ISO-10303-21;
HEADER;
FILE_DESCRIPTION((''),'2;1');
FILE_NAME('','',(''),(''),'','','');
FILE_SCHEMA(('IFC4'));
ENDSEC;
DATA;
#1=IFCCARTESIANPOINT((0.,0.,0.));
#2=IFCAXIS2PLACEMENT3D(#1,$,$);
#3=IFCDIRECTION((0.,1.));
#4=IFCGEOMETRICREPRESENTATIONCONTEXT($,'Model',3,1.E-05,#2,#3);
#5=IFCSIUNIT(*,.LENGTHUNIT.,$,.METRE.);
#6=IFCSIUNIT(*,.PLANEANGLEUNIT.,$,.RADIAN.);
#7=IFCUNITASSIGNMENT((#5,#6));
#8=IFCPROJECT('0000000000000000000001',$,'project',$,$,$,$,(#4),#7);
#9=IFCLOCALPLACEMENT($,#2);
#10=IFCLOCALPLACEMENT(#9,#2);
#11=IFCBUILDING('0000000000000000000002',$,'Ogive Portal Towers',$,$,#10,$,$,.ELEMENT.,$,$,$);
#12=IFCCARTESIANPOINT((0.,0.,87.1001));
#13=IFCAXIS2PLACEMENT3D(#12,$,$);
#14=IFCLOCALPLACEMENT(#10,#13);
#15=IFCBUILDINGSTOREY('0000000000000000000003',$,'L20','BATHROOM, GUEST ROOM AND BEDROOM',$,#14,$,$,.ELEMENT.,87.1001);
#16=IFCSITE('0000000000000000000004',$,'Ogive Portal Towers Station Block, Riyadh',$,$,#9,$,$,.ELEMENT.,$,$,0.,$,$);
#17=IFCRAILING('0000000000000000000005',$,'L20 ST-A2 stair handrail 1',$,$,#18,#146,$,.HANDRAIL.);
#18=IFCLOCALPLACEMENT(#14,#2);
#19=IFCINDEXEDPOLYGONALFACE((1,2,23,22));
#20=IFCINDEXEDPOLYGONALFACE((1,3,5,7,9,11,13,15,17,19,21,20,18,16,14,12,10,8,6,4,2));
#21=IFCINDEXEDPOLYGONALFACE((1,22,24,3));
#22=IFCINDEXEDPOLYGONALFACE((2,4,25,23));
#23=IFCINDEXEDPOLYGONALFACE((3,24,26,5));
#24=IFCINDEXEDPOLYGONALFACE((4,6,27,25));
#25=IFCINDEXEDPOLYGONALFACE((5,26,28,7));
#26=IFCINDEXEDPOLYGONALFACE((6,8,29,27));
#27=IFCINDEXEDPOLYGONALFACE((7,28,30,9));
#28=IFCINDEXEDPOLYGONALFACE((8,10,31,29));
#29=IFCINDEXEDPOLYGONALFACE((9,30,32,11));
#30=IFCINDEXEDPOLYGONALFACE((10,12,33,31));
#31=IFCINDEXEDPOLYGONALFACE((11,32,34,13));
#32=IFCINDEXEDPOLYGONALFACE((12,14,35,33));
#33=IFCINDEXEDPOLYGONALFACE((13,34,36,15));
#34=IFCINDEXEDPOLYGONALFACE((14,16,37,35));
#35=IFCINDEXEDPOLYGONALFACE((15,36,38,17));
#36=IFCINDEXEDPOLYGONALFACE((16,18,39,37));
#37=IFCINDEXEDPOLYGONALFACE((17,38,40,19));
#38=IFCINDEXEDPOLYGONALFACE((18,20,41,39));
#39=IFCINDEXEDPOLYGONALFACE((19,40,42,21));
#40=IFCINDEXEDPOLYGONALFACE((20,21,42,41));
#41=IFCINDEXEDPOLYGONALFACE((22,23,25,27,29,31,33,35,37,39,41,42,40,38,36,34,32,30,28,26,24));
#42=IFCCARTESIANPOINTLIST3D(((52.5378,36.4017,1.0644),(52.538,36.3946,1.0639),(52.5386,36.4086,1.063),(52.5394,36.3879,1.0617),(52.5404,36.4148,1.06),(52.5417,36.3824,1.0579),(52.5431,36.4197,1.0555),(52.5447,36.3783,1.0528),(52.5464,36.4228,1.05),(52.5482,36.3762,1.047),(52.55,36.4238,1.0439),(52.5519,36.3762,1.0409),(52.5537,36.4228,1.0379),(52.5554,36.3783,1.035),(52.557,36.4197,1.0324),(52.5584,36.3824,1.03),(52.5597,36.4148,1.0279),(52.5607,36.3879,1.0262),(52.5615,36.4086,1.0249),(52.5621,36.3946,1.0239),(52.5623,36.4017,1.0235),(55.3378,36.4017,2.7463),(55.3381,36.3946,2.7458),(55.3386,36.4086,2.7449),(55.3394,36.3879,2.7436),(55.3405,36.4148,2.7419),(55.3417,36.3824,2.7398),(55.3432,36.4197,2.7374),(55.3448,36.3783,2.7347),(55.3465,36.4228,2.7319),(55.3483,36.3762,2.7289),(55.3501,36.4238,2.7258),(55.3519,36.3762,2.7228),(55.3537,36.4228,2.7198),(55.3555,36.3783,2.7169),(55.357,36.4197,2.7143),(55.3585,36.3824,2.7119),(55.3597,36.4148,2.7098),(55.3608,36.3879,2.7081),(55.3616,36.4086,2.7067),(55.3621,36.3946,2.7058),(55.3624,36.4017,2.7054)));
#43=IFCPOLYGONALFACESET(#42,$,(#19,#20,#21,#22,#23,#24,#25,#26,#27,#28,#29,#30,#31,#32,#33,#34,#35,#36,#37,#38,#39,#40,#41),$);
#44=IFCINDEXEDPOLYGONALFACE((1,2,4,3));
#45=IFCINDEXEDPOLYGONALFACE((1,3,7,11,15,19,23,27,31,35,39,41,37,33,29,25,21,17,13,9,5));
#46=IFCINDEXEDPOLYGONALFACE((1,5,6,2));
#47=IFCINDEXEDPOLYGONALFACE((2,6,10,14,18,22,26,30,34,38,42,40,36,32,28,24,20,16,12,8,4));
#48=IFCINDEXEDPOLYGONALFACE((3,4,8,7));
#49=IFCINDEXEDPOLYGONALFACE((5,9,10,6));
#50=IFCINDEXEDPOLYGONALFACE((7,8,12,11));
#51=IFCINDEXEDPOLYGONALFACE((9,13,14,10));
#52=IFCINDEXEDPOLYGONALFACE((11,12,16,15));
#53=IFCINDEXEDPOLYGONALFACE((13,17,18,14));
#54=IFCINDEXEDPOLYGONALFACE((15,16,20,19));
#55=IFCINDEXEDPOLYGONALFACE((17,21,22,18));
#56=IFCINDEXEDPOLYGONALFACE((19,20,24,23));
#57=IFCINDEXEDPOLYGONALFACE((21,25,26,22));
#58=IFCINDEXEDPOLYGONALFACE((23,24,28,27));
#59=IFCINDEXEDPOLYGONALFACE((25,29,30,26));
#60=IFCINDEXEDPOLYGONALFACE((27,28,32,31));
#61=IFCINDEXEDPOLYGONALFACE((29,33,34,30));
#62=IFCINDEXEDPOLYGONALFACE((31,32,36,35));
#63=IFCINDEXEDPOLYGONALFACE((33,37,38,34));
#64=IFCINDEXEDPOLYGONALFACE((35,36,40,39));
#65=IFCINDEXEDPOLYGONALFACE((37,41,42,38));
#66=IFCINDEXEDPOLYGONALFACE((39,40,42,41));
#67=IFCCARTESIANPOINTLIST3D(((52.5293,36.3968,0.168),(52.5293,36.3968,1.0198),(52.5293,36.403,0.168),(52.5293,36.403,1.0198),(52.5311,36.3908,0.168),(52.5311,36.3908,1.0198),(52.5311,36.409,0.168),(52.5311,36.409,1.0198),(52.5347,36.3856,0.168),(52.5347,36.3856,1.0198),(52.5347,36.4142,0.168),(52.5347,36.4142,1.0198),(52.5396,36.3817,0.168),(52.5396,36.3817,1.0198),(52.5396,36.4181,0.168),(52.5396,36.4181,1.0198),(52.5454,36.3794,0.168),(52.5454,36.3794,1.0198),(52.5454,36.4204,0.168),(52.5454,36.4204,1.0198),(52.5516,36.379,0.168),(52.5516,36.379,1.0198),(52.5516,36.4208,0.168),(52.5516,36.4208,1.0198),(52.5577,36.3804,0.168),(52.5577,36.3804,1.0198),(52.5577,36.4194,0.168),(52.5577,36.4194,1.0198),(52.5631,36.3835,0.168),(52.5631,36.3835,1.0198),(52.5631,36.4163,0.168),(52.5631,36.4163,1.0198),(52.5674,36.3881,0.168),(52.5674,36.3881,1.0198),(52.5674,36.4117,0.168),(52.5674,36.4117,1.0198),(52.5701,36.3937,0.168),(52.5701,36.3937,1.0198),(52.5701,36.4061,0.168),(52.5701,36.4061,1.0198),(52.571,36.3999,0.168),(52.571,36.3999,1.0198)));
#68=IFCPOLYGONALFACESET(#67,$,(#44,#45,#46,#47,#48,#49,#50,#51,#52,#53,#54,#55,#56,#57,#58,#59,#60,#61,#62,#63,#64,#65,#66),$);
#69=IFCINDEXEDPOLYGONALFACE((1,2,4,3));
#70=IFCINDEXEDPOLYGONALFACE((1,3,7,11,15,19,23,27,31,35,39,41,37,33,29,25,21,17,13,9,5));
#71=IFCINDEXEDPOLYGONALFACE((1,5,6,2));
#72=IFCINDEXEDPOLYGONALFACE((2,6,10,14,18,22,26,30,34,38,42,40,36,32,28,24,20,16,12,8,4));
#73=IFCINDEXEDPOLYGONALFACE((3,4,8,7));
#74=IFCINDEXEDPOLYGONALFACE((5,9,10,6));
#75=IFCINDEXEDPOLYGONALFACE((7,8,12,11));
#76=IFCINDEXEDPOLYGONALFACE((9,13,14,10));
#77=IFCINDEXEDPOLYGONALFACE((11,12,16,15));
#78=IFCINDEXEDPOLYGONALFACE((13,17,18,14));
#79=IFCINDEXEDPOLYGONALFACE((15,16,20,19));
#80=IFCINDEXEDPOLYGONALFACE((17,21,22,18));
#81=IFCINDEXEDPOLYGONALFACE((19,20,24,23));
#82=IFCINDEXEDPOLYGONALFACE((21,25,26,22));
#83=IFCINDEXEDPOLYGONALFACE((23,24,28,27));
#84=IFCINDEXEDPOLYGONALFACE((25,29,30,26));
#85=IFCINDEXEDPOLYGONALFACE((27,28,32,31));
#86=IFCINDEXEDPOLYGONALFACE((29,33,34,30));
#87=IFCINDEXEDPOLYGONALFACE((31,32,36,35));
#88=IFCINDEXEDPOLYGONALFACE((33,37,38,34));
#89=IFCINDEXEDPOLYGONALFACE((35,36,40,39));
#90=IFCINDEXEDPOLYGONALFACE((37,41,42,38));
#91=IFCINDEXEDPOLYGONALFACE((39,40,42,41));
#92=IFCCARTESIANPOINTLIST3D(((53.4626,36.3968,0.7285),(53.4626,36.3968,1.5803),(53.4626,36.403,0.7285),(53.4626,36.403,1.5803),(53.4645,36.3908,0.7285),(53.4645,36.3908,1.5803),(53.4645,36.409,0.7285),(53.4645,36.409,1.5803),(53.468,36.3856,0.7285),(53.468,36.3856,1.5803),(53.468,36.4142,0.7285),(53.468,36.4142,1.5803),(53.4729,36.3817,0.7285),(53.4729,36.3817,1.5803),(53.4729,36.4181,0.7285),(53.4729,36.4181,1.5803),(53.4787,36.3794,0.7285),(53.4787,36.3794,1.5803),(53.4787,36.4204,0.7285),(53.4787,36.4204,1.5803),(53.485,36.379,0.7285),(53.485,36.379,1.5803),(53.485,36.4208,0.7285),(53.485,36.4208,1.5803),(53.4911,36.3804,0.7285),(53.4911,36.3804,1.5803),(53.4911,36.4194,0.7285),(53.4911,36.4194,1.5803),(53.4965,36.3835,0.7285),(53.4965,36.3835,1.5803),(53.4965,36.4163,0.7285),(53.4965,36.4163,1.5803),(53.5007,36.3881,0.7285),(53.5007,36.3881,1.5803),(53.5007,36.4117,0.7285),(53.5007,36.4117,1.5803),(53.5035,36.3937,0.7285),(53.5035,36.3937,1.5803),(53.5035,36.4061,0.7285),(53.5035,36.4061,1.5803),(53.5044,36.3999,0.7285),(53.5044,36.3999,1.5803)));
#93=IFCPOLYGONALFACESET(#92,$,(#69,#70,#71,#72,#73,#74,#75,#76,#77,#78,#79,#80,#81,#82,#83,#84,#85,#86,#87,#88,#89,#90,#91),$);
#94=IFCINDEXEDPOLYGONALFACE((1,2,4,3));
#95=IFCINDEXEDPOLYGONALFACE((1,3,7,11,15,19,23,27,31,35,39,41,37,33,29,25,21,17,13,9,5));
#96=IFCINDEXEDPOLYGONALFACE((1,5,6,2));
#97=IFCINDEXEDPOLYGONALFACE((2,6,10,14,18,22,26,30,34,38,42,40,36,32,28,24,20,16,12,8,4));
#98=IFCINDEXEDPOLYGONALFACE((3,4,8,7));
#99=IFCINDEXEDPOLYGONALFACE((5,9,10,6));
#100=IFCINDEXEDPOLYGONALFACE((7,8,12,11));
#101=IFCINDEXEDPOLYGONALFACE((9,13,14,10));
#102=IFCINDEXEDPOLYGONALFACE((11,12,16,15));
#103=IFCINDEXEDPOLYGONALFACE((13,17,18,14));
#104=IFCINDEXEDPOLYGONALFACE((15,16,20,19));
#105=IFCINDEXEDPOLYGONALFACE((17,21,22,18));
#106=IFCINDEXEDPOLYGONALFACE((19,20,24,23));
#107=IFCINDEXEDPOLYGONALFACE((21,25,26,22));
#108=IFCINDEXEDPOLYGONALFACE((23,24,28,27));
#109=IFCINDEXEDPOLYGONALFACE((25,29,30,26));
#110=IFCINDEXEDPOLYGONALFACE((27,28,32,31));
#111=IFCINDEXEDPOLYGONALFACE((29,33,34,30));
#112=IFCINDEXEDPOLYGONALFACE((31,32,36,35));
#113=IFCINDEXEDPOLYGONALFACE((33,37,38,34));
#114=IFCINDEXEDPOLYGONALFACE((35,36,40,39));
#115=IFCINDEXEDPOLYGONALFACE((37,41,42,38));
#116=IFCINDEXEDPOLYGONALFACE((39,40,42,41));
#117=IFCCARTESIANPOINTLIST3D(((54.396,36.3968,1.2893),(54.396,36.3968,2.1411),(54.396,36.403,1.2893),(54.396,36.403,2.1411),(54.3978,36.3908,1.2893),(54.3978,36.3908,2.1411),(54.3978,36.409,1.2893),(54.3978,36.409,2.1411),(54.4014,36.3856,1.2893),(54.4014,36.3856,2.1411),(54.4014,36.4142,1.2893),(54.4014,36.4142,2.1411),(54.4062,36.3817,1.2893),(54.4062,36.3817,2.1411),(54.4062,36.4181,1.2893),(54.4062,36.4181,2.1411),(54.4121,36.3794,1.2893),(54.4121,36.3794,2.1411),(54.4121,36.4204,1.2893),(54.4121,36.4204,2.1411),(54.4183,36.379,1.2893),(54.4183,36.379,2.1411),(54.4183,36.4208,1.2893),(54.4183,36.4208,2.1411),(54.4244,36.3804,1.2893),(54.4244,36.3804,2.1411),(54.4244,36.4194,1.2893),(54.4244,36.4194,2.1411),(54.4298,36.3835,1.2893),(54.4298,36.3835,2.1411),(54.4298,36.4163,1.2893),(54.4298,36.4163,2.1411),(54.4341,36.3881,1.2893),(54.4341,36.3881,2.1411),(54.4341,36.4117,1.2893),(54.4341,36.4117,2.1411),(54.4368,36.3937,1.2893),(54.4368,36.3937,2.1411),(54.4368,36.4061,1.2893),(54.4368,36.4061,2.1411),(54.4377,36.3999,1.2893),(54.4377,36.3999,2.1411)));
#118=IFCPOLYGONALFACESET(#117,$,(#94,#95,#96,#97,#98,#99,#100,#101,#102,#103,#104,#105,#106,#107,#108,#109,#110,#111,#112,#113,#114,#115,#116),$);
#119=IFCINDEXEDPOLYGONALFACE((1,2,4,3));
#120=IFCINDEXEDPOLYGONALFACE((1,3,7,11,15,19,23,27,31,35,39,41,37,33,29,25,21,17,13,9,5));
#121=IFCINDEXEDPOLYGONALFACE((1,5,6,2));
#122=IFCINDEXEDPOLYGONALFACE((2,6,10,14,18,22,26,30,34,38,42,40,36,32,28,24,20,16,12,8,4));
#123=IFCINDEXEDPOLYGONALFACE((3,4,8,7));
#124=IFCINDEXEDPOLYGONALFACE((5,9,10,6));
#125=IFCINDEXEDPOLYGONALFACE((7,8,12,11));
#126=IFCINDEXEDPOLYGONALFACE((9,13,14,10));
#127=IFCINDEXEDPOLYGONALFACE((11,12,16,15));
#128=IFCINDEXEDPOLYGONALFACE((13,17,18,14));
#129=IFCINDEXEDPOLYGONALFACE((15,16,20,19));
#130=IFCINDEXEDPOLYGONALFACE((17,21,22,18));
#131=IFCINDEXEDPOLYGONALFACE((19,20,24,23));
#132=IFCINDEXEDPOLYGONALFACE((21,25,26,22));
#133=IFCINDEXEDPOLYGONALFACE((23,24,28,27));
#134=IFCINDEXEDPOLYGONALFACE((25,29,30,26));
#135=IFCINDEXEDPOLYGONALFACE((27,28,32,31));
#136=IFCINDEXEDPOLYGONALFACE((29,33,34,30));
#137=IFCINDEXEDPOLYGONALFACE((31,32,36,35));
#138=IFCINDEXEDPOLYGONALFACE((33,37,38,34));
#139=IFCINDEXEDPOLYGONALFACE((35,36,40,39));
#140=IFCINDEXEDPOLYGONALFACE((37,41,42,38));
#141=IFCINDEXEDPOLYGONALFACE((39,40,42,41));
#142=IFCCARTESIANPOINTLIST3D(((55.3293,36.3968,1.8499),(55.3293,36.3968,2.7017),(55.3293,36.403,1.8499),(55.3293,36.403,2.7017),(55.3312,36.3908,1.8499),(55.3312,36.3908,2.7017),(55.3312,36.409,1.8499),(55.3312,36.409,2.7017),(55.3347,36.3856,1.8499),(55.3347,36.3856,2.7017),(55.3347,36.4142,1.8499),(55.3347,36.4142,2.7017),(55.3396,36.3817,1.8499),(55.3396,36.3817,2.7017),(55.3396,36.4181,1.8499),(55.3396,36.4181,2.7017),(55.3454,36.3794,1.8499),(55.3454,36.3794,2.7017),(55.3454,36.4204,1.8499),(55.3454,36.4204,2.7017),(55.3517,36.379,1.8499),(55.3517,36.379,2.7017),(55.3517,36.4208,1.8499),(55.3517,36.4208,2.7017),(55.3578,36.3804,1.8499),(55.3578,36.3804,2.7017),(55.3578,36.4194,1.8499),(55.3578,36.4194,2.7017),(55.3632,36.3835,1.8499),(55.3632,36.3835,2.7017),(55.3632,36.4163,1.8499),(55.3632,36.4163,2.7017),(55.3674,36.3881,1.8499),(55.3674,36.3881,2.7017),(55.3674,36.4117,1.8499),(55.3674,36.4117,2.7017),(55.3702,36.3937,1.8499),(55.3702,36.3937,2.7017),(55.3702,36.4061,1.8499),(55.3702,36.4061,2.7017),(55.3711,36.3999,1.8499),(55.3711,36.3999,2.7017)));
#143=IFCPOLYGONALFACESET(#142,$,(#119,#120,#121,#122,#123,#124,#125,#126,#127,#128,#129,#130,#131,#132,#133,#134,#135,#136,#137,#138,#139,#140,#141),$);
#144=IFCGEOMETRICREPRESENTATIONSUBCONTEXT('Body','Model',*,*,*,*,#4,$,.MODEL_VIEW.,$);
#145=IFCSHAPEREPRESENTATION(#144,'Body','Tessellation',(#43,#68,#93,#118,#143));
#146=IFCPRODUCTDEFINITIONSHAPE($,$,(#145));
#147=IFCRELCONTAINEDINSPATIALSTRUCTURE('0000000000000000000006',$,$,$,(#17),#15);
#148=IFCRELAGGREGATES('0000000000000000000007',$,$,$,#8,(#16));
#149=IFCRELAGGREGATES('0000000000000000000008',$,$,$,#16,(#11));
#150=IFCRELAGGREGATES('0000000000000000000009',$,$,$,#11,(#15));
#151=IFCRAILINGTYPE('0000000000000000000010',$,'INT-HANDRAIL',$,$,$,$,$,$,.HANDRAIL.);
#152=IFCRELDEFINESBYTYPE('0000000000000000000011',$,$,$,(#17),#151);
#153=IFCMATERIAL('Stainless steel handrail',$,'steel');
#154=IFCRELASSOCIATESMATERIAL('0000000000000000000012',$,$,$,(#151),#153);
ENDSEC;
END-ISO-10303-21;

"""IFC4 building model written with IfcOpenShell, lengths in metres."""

from ifc_helpers import new_model, si_unit, direction, frame, origin, origin_2d, place, context, subcontext, project, spatial, circle, extrude, material, type_object, element, save


model = new_model("IFC4")

# Units and contexts
model_context = context("Model", 3, precision=1e-05, world=origin(), true_north=direction((0.0, 1.0)))
body_context = subcontext(model_context, "Body", "Model", "MODEL_VIEW")
ifc_project = project(units=[si_unit("LENGTHUNIT", "METRE"), si_unit("PLANEANGLEUNIT", "RADIAN")], contexts=[model_context])

# Site, building, storey
site_placement = place(None, origin())
site = spatial("IfcSite", under=ifc_project, at=site_placement, Name="Ogive Portal Towers Station Block, Riyadh", CompositionType="ELEMENT", RefElevation=0.0)
building_placement = place(site_placement, origin())
building = spatial("IfcBuilding", under=site, at=building_placement, Name="Ogive Portal Towers", CompositionType="ELEMENT")
storey_placement = place(building_placement, frame((0.0, 0.0, 87.1001)))
storey = spatial("IfcBuildingStorey", under=building, at=storey_placement, Name="L20", Description="BATHROOM, GUEST ROOM AND BEDROOM", CompositionType="ELEMENT", Elevation=87.1001)

# Railing
ifc_material_1 = material(Name="Stainless steel handrail", Category="steel")
railing_type_1 = type_object("IfcRailingType", Name="INT-HANDRAIL", PredefinedType="HANDRAIL", material=ifc_material_1)
railing_1_placement = place(storey_placement, frame((52.55, 36.3999, 0.168)))
element("IfcRailing", 1, at=railing_1_placement, inside=storey, type_object=railing_type_1, Name="L20 ST-A2 stair handrail 1", PredefinedType="HANDRAIL", context=body_context, shape_type="SweptSolid", body=[
    extrude(circle(Radius=0.0239, at=origin_2d()), frame((0.0, 0.0, 0.876), z_axis=(0.857242, 0.0, 0.514913), x_axis=(0.0, 1.0, 0.0)), (0.0, 0.0, 1.0), 3.2664),
    extrude(circle(Radius=0.021, at=origin_2d()), origin(), (0.0, 0.0, 1.0), 0.8518),
    extrude(circle(Radius=0.021, at=origin_2d()), frame((0.9333, 0.0, 0.5605)), (0.0, 0.0, 1.0), 0.8518),
    extrude(circle(Radius=0.021, at=origin_2d()), frame((1.8667, 0.0, 1.1213)), (0.0, 0.0, 1.0), 0.8518),
    extrude(circle(Radius=0.021, at=origin_2d()), frame((2.8, 0.0, 1.6819)), (0.0, 0.0, 1.0), 0.8518),
])

save(model, "model.ifc")
